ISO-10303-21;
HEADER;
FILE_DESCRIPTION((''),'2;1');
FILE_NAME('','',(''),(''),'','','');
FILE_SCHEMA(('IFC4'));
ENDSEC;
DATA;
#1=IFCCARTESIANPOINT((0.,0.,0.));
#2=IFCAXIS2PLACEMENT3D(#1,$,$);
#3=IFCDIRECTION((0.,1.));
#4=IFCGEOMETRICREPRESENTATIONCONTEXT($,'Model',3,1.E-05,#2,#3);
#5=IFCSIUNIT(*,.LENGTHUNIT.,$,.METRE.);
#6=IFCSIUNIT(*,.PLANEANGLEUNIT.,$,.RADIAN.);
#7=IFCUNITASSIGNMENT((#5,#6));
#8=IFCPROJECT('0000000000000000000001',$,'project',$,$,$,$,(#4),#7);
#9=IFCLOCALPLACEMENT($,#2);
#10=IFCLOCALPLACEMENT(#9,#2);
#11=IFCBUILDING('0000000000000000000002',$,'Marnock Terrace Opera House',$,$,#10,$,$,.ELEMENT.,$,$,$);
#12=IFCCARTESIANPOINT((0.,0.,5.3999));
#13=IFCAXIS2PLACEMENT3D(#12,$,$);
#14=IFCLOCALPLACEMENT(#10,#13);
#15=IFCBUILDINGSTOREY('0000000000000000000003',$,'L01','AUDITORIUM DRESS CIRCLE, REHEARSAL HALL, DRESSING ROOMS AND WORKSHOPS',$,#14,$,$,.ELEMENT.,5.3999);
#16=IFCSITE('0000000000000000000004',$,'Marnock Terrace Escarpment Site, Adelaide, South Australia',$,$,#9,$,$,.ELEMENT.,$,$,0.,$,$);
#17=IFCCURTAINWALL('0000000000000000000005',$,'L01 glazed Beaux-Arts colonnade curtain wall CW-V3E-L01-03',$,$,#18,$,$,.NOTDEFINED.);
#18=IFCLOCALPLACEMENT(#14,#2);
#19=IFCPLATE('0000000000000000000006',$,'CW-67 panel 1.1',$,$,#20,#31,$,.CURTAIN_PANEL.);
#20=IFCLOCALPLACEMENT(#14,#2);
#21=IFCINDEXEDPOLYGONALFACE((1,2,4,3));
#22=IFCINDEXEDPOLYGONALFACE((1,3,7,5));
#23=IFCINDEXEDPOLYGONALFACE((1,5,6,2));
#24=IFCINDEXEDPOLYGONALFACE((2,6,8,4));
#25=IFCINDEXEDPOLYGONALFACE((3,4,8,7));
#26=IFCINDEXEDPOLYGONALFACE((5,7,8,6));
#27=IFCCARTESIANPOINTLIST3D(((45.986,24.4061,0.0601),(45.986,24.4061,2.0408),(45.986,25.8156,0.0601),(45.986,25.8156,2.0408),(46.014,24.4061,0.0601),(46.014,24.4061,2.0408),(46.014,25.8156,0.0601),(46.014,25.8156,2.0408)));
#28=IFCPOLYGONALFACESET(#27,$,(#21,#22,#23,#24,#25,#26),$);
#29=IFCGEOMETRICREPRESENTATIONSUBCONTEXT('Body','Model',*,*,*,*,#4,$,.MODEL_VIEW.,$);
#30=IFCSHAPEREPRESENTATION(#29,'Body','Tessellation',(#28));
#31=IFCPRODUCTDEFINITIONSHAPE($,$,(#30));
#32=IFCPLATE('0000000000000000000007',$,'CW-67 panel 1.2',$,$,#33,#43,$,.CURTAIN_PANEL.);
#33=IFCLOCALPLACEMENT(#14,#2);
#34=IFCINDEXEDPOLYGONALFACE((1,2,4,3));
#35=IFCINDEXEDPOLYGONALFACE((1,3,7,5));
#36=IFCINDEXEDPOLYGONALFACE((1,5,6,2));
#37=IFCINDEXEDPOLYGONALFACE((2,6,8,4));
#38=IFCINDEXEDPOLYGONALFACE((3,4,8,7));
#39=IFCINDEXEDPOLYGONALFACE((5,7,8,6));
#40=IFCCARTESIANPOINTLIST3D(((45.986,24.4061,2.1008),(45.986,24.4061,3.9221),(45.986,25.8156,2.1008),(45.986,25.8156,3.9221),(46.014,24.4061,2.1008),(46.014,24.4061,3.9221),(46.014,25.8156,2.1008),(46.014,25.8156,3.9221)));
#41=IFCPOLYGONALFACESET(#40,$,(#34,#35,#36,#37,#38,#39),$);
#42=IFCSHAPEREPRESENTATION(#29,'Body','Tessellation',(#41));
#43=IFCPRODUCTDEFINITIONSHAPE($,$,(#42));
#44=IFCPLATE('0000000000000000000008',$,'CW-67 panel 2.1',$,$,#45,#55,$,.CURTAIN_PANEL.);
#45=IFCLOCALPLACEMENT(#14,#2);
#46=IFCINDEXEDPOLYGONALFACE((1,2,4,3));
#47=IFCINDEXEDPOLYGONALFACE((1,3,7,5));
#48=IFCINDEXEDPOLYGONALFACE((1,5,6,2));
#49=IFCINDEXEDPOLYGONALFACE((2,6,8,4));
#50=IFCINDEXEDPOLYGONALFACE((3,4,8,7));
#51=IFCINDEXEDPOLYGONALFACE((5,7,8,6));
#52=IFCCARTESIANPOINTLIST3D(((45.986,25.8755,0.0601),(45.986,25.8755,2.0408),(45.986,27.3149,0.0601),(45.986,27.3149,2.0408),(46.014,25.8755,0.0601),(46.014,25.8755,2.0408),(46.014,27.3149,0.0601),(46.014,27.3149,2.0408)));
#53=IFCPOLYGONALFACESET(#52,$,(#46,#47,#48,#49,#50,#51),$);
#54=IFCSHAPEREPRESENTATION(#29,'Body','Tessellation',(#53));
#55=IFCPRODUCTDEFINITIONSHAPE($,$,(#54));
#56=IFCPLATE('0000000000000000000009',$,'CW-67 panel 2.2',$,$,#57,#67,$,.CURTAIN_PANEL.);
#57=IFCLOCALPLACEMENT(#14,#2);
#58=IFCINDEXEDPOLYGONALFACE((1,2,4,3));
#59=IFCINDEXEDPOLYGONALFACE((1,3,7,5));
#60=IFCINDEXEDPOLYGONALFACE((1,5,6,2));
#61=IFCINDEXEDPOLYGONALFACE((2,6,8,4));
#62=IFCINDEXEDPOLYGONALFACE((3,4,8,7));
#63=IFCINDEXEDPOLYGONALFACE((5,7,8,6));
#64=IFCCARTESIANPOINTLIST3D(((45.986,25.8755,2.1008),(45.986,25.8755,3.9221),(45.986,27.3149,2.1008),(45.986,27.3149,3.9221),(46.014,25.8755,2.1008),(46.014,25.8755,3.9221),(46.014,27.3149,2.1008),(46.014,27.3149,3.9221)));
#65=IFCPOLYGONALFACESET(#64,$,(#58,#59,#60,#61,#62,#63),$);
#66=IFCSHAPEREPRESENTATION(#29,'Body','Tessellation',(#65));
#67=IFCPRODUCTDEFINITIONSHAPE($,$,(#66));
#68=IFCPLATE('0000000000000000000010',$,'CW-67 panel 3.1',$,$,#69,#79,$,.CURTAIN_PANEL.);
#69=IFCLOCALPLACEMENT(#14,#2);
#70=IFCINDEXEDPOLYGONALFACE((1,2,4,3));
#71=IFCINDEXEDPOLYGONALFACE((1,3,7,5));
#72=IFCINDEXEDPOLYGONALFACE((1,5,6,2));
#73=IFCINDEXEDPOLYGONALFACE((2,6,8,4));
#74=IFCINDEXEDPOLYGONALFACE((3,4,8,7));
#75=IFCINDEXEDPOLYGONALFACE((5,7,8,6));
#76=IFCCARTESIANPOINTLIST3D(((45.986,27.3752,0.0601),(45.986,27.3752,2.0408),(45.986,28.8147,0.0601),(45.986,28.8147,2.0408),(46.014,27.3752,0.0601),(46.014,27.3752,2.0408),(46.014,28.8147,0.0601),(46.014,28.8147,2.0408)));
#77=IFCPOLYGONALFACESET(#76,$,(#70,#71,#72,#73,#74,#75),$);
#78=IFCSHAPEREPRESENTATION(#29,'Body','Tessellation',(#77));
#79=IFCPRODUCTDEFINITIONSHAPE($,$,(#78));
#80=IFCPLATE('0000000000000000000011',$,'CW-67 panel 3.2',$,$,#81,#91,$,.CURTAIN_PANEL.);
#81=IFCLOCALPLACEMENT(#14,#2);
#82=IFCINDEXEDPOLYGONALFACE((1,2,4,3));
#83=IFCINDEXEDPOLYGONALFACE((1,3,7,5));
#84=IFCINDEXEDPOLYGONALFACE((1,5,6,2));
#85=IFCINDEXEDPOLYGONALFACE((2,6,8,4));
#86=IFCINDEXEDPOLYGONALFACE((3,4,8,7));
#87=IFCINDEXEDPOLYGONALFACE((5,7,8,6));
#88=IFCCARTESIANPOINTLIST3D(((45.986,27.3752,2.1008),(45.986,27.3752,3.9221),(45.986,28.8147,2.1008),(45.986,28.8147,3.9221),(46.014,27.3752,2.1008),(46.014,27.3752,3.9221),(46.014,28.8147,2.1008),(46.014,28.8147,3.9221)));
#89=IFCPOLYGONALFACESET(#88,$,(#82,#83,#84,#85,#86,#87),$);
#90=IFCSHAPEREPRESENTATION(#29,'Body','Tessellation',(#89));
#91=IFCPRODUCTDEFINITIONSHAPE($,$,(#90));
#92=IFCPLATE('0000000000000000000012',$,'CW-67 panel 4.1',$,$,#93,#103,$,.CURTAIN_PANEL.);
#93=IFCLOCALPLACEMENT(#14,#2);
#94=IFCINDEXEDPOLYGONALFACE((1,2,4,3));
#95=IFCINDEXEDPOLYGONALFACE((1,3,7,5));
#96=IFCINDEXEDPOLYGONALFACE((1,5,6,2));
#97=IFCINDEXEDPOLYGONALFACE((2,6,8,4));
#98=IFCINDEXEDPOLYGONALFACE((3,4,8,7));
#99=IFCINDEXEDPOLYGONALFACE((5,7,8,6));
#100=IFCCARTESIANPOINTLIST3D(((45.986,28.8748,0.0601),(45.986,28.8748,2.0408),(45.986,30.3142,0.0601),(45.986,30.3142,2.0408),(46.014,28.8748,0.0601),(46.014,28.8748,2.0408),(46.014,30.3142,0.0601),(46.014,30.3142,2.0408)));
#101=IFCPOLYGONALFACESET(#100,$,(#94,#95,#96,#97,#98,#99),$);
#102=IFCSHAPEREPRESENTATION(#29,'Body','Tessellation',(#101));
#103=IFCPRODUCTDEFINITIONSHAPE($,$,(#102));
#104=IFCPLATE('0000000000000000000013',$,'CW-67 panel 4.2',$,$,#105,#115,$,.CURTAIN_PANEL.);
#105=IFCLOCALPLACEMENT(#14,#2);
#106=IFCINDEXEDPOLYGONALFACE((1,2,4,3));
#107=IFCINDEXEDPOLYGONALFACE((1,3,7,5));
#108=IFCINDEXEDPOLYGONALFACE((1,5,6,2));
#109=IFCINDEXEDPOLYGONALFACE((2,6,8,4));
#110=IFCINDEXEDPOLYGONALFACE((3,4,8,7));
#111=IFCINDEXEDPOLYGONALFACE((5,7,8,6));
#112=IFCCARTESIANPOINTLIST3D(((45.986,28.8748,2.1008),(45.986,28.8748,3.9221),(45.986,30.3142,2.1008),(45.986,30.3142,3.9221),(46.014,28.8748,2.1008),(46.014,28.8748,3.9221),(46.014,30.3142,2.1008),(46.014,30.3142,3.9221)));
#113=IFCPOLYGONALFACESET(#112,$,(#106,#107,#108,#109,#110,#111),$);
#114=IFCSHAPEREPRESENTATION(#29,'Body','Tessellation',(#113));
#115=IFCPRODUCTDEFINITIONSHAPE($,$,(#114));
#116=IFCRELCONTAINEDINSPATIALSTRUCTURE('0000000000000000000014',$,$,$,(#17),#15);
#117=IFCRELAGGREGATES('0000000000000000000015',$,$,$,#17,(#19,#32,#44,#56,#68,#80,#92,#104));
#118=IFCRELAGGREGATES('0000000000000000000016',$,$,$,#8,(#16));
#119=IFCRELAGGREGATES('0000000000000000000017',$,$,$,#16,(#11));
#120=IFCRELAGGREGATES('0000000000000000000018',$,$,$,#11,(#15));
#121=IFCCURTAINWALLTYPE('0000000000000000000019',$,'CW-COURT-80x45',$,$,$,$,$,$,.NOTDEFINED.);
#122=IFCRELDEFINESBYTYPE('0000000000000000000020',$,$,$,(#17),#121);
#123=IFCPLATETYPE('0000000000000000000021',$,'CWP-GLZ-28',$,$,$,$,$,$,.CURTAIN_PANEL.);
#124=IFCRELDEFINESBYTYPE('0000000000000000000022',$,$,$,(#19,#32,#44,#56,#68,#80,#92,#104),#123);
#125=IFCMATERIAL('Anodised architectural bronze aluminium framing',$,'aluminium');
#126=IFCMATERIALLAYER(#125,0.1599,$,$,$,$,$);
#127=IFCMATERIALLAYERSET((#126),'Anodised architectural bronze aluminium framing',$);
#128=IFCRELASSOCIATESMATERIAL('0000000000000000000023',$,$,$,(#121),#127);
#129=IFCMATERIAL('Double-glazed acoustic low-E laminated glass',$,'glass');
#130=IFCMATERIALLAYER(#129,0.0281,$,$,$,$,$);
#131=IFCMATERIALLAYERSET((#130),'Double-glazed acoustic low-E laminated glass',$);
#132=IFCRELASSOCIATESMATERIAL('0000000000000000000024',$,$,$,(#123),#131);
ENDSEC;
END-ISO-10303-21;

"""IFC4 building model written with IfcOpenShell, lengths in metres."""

from ifc_helpers import new_model, si_unit, direction, frame, origin, origin_2d, place, context, subcontext, project, spatial, rectangle, extrude, material, layer, layer_set, type_object, element, aggregate, save


model = new_model("IFC4")

# Units and contexts
model_context = context("Model", 3, precision=1e-05, world=origin(), true_north=direction((0.0, 1.0)))
body_context = subcontext(model_context, "Body", "Model", "MODEL_VIEW")
ifc_project = project(units=[si_unit("LENGTHUNIT", "METRE"), si_unit("PLANEANGLEUNIT", "RADIAN")], contexts=[model_context])

# Site, building, storey
site_placement = place(None, origin())
site = spatial("IfcSite", under=ifc_project, at=site_placement, Name="Marnock Terrace Escarpment Site, Adelaide, South Australia", CompositionType="ELEMENT", RefElevation=0.0)
building_placement = place(site_placement, origin())
building = spatial("IfcBuilding", under=site, at=building_placement, Name="Marnock Terrace Opera House", CompositionType="ELEMENT")
storey_placement = place(building_placement, frame((0.0, 0.0, 5.3999)))
storey = spatial("IfcBuildingStorey", under=building, at=storey_placement, Name="L01", Description="AUDITORIUM DRESS CIRCLE, REHEARSAL HALL, DRESSING ROOMS AND WORKSHOPS", CompositionType="ELEMENT", Elevation=5.3999)

# Shared definitions
ifc_material_1 = material(Name="Anodised architectural bronze aluminium framing", Category="aluminium")
ifc_layer_1 = layer(ifc_material_1, 0.1599)
ifc_layer_set_1 = layer_set([ifc_layer_1], Name="Anodised architectural bronze aluminium framing")
curtain_wall_type = type_object("IfcCurtainWallType", Name="CW-COURT-80x45", PredefinedType="NOTDEFINED", material=ifc_layer_set_1)

# Curtain wall
curtain_wall_1_placement = place(storey_placement, origin())
curtain_wall_1 = element("IfcCurtainWall", 1, at=curtain_wall_1_placement, inside=storey, type_object=curtain_wall_type, Name="L01 glazed Beaux-Arts colonnade curtain wall CW-V3E-L01-03", PredefinedType="NOTDEFINED")

# Plates
ifc_material_2 = material(Name="Double-glazed acoustic low-E laminated glass", Category="glass")
ifc_layer_2 = layer(ifc_material_2, 0.0281)
ifc_layer_set_2 = layer_set([ifc_layer_2], Name="Double-glazed acoustic low-E laminated glass")
plate_type = type_object("IfcPlateType", Name="CWP-GLZ-28", PredefinedType="CURTAIN_PANEL", material=ifc_layer_set_2)
plate_1_placement = place(storey_placement, frame((46.0, 25.1108, 0.0601), z_axis=(0.0, 0.0, 1.0), x_axis=(0.0, 1.0, 0.0)))
plate_1 = element("IfcPlate", 2, at=plate_1_placement, type_object=plate_type, Name="CW-67 panel 1.1", PredefinedType="CURTAIN_PANEL", context=body_context, shape_type="SweptSolid", body=[
    extrude(rectangle(XDim=1.4094, YDim=0.0281, at=origin_2d()), origin(), (0.0, 0.0, 1.0), 1.9807),
])
plate_2_placement = place(storey_placement, frame((46.0, 25.1108, 2.1008), z_axis=(0.0, 0.0, 1.0), x_axis=(0.0, 1.0, 0.0)))
plate_2 = element("IfcPlate", 3, at=plate_2_placement, type_object=plate_type, Name="CW-67 panel 1.2", PredefinedType="CURTAIN_PANEL", context=body_context, shape_type="SweptSolid", body=[
    extrude(rectangle(XDim=1.4094, YDim=0.0281, at=origin_2d()), origin(), (0.0, 0.0, 1.0), 1.8213),
])
plate_3_placement = place(storey_placement, frame((46.0, 26.5952, 0.0601), z_axis=(0.0, 0.0, 1.0), x_axis=(0.0, 1.0, 0.0)))
plate_3 = element("IfcPlate", 4, at=plate_3_placement, type_object=plate_type, Name="CW-67 panel 2.1", PredefinedType="CURTAIN_PANEL", context=body_context, shape_type="SweptSolid", body=[
    extrude(rectangle(XDim=1.4395, YDim=0.0281, at=origin_2d()), origin(), (0.0, 0.0, 1.0), 1.9807),
])
plate_4_placement = place(storey_placement, frame((46.0, 26.5952, 2.1008), z_axis=(0.0, 0.0, 1.0), x_axis=(0.0, 1.0, 0.0)))
plate_4 = element("IfcPlate", 5, at=plate_4_placement, type_object=plate_type, Name="CW-67 panel 2.2", PredefinedType="CURTAIN_PANEL", context=body_context, shape_type="SweptSolid", body=[
    extrude(rectangle(XDim=1.4395, YDim=0.0281, at=origin_2d()), origin(), (0.0, 0.0, 1.0), 1.8213),
])
plate_5_placement = place(storey_placement, frame((46.0, 28.095, 0.0601), z_axis=(0.0, 0.0, 1.0), x_axis=(0.0, 1.0, 0.0)))
plate_5 = element("IfcPlate", 6, at=plate_5_placement, type_object=plate_type, Name="CW-67 panel 3.1", PredefinedType="CURTAIN_PANEL", context=body_context, shape_type="SweptSolid", body=[
    extrude(rectangle(XDim=1.4395, YDim=0.0281, at=origin_2d()), origin(), (0.0, 0.0, 1.0), 1.9807),
])
plate_6_placement = place(storey_placement, frame((46.0, 28.095, 2.1008), z_axis=(0.0, 0.0, 1.0), x_axis=(0.0, 1.0, 0.0)))
plate_6 = element("IfcPlate", 7, at=plate_6_placement, type_object=plate_type, Name="CW-67 panel 3.2", PredefinedType="CURTAIN_PANEL", context=body_context, shape_type="SweptSolid", body=[
    extrude(rectangle(XDim=1.4395, YDim=0.0281, at=origin_2d()), origin(), (0.0, 0.0, 1.0), 1.8213),
])
plate_7_placement = place(storey_placement, frame((46.0, 29.5945, 0.0601), z_axis=(0.0, 0.0, 1.0), x_axis=(0.0, 1.0, 0.0)))
plate_7 = element("IfcPlate", 8, at=plate_7_placement, type_object=plate_type, Name="CW-67 panel 4.1", PredefinedType="CURTAIN_PANEL", context=body_context, shape_type="SweptSolid", body=[
    extrude(rectangle(XDim=1.4395, YDim=0.0281, at=origin_2d()), origin(), (0.0, 0.0, 1.0), 1.9807),
])
plate_8_placement = place(storey_placement, frame((46.0, 29.5945, 2.1008), z_axis=(0.0, 0.0, 1.0), x_axis=(0.0, 1.0, 0.0)))
plate_8 = element("IfcPlate", 9, at=plate_8_placement, type_object=plate_type, Name="CW-67 panel 4.2", PredefinedType="CURTAIN_PANEL", context=body_context, shape_type="SweptSolid", body=[
    extrude(rectangle(XDim=1.4395, YDim=0.0281, at=origin_2d()), origin(), (0.0, 0.0, 1.0), 1.8213),
])
aggregate(curtain_wall_1, [plate_1, plate_2, plate_3, plate_4, plate_5, plate_6, plate_7, plate_8])

save(model, "model.ifc")
